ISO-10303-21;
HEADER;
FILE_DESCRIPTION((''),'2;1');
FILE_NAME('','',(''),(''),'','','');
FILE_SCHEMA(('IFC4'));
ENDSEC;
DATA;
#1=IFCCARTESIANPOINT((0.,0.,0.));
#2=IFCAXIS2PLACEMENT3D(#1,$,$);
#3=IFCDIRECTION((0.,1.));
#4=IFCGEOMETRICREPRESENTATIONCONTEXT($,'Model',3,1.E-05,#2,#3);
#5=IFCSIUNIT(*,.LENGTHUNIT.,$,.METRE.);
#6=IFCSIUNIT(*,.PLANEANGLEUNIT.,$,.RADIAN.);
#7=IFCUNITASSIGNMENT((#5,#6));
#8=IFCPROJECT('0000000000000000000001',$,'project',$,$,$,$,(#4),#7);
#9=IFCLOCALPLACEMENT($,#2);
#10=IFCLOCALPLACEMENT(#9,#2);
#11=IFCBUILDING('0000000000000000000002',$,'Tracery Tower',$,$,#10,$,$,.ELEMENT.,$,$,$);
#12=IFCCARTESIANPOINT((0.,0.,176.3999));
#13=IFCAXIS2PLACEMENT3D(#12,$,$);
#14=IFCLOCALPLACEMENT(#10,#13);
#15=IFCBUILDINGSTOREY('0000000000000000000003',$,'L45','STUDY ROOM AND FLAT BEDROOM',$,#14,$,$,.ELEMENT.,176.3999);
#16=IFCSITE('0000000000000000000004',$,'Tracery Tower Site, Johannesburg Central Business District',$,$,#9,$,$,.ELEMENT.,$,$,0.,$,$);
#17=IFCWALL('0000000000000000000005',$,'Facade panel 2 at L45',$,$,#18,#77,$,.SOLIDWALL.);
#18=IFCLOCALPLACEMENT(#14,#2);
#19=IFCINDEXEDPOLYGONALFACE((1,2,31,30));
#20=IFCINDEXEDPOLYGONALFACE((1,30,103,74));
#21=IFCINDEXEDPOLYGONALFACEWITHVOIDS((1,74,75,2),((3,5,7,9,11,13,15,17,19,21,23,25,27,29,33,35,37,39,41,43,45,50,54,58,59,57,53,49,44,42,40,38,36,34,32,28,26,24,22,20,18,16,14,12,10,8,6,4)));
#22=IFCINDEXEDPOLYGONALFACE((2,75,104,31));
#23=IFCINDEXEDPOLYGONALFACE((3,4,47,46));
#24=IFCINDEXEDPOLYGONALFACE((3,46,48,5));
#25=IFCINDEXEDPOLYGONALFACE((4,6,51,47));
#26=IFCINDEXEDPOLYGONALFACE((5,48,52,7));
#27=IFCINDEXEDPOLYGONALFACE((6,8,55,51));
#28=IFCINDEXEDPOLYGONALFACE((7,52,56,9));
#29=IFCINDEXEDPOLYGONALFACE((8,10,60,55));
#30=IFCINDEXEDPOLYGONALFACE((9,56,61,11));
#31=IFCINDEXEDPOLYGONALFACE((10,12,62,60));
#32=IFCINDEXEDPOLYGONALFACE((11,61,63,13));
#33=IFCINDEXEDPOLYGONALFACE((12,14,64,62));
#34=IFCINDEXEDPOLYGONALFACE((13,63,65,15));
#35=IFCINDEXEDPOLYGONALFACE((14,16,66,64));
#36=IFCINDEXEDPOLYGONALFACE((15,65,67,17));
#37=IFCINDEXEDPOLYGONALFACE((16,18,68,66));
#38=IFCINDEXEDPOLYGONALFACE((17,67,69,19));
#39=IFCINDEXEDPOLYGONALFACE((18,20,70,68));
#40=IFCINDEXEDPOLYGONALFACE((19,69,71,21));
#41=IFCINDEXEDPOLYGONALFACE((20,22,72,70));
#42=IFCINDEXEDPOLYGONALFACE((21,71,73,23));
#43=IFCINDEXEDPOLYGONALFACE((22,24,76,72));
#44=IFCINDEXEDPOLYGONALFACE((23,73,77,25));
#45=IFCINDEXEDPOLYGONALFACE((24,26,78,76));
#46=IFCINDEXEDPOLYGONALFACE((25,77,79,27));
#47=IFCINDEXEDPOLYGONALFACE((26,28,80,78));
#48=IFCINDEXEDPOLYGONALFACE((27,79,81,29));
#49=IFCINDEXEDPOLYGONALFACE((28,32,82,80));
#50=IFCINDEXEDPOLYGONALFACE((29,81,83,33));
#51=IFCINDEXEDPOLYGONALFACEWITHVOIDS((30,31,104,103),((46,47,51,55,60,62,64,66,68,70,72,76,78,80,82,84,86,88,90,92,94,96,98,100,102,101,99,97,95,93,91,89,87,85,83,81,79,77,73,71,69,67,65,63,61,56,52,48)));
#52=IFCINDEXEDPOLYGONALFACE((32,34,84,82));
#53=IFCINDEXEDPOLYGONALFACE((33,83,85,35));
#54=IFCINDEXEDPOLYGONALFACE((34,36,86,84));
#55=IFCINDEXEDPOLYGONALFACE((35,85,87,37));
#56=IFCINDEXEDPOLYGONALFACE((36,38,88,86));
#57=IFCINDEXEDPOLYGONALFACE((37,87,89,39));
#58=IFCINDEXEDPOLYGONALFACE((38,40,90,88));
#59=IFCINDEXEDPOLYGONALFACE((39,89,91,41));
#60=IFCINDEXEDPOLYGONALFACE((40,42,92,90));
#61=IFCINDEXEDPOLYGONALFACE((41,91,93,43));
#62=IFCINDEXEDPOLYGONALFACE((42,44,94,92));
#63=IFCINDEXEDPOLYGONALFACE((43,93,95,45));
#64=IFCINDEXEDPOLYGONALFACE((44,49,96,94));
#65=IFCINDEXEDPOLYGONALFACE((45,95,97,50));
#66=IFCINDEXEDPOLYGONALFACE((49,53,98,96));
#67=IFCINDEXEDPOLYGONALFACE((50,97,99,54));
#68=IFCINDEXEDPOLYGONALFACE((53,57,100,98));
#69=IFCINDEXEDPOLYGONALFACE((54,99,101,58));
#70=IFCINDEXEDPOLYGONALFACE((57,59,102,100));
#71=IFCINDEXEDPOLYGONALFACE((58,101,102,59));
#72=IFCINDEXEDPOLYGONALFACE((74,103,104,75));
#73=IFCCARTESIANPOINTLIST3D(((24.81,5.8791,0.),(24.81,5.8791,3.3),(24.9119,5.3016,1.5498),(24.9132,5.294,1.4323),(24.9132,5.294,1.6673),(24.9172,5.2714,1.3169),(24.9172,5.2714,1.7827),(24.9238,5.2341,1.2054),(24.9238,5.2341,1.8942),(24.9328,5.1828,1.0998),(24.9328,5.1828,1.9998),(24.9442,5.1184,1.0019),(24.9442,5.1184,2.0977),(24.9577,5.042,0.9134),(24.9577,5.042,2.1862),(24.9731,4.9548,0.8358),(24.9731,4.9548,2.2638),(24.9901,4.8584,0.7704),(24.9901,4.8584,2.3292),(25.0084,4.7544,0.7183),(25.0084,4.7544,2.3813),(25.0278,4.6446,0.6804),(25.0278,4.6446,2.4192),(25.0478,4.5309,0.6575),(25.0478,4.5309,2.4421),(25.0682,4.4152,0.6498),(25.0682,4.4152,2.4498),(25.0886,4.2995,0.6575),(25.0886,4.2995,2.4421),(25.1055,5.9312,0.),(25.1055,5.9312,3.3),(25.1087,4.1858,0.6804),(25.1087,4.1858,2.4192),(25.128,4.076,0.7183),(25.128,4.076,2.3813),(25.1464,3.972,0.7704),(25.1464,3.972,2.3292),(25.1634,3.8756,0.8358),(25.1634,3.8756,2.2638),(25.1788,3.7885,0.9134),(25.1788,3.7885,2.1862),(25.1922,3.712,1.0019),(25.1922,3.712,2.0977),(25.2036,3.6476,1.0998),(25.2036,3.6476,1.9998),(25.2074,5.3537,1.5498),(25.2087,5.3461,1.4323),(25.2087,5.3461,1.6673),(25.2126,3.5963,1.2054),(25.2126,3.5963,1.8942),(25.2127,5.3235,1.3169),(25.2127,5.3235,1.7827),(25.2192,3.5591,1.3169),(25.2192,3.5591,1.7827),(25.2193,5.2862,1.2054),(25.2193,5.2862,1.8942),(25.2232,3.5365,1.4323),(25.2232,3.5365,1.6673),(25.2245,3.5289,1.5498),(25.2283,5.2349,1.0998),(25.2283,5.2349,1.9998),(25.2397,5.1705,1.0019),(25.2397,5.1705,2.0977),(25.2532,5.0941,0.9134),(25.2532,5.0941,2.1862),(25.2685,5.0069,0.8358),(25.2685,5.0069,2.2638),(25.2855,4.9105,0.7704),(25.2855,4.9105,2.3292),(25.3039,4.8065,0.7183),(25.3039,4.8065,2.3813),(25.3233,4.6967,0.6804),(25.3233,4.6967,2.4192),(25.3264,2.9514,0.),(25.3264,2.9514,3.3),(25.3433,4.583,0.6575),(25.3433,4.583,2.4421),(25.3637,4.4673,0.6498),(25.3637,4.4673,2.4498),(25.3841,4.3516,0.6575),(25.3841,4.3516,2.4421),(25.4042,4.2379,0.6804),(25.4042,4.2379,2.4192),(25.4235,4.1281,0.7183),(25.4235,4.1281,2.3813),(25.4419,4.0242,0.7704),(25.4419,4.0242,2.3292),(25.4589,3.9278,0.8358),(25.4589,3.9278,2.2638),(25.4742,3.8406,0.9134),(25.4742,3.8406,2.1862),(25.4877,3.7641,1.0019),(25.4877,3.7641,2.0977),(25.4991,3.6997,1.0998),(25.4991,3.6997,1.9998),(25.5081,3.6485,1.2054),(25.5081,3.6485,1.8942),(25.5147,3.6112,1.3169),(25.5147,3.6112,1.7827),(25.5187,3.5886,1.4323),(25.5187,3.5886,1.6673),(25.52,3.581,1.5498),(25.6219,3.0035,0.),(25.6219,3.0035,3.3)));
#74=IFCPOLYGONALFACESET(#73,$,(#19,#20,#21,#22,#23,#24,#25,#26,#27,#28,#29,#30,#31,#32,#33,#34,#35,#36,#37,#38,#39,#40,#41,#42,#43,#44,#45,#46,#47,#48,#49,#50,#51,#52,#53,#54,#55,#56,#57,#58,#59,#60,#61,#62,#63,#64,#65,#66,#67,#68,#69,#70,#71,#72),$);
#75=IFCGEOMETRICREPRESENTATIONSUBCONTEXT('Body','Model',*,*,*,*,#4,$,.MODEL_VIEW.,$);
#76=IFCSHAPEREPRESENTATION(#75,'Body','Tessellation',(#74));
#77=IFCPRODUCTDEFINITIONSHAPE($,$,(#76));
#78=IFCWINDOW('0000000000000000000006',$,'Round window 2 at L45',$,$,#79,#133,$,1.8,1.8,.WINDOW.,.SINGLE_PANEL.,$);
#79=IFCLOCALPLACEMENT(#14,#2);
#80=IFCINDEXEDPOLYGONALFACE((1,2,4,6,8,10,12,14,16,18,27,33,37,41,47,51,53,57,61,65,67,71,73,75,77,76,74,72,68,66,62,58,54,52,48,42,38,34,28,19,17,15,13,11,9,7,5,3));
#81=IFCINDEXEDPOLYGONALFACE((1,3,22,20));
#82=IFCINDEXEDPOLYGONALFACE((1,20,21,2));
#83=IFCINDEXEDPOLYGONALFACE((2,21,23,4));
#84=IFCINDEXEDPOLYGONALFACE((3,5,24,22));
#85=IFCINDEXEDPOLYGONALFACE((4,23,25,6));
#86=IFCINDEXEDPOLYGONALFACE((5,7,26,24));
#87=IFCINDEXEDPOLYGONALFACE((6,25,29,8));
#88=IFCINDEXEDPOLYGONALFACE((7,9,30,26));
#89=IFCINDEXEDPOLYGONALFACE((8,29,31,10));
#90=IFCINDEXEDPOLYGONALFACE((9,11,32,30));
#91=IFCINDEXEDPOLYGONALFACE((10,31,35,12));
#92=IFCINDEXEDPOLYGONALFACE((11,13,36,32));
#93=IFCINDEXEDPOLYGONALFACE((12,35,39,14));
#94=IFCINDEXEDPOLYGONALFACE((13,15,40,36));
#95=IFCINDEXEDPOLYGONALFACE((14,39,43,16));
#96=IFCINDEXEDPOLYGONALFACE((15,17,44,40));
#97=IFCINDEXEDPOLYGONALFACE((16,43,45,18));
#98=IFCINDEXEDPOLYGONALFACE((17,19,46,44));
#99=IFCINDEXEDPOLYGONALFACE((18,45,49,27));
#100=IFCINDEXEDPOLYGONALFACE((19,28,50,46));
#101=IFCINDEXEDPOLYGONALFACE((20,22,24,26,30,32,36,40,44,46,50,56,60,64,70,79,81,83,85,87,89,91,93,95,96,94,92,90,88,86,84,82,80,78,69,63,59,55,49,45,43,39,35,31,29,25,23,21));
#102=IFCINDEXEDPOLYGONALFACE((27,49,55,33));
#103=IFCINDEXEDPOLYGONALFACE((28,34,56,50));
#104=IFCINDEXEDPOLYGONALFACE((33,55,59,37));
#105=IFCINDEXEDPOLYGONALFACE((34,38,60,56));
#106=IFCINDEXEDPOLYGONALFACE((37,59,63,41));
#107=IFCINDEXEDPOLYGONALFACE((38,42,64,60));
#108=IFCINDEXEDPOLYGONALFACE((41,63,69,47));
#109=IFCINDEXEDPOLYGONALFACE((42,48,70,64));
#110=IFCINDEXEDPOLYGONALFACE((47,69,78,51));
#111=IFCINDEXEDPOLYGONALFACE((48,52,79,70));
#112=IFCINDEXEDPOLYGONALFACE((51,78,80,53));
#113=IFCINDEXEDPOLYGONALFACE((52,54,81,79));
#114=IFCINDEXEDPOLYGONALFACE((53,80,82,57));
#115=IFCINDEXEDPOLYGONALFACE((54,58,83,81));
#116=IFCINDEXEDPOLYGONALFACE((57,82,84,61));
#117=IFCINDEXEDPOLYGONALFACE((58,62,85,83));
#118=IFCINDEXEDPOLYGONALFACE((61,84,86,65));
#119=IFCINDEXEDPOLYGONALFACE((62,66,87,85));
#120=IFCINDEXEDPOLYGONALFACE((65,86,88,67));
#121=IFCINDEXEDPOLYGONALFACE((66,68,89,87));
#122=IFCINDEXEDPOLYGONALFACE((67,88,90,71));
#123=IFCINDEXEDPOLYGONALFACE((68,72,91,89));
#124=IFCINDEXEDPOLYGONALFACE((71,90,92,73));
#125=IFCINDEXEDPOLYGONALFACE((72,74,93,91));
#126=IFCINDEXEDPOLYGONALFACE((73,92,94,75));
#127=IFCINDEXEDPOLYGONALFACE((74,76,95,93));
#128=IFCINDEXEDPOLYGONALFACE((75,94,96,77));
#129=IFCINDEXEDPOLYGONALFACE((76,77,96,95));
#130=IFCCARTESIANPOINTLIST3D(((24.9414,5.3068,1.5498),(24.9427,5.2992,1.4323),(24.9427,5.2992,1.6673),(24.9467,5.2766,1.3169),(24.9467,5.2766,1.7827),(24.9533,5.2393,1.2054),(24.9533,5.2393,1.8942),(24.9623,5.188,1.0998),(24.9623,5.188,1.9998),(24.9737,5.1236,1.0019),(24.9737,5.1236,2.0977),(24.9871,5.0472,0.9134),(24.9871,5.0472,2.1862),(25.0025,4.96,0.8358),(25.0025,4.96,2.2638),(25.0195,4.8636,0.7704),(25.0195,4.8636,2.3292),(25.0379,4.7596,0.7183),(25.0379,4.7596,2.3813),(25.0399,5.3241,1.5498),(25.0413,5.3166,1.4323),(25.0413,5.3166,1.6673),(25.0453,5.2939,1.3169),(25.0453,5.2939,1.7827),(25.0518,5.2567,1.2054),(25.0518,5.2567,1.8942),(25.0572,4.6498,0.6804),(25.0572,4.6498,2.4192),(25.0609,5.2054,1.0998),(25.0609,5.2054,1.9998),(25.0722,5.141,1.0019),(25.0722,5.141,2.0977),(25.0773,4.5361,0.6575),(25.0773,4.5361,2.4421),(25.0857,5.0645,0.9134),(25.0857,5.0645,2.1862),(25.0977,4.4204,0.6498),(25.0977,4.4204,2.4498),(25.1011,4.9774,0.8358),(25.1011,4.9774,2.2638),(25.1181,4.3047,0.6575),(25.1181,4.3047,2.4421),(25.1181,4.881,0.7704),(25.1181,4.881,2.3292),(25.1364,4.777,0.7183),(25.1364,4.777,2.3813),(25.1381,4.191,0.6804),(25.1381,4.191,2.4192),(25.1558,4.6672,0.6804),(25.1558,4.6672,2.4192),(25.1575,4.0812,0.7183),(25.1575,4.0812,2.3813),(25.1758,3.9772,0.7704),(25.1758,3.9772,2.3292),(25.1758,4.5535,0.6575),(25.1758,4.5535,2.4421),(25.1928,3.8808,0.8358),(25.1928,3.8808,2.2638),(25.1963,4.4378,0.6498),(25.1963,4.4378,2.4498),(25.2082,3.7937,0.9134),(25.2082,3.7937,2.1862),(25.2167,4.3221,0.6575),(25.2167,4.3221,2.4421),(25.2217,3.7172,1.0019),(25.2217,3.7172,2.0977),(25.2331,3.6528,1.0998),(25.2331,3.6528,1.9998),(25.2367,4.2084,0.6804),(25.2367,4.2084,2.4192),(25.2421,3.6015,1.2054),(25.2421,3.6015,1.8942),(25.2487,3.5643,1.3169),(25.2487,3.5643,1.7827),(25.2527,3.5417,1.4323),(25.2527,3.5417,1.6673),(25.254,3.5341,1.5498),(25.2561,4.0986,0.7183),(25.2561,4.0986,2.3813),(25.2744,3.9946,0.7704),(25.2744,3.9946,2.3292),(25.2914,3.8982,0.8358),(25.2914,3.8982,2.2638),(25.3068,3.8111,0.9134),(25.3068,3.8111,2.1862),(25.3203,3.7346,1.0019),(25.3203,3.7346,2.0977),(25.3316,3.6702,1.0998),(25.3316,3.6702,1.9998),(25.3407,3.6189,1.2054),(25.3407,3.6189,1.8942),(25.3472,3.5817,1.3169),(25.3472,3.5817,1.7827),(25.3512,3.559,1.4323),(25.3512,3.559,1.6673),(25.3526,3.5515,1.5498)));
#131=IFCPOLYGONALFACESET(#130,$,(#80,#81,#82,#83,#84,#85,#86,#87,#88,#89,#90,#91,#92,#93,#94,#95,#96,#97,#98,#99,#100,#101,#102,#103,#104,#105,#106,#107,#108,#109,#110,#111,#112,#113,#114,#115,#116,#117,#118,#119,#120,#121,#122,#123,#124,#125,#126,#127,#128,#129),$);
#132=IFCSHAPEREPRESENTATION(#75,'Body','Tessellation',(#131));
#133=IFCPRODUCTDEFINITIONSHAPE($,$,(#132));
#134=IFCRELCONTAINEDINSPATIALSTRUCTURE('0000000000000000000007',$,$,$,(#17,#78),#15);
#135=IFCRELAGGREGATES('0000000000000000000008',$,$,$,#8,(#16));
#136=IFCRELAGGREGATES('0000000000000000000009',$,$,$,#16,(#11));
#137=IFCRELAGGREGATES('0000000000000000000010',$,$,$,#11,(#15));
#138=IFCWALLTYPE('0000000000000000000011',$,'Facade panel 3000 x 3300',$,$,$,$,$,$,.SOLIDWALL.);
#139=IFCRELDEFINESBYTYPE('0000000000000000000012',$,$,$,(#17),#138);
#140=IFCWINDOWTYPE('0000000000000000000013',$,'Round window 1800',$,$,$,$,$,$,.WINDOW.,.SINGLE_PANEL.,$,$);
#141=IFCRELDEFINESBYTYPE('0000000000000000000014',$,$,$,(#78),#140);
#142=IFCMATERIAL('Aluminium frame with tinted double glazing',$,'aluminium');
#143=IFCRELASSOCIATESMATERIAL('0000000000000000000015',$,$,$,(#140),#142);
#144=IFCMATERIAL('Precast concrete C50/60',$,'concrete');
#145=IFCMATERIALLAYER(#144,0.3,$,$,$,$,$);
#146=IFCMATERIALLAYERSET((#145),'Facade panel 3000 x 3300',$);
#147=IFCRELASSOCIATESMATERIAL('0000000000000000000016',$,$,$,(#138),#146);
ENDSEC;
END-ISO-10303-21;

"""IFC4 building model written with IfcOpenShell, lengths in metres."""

from ifc_helpers import new_model, si_unit, direction, frame, frame_2d, origin, origin_2d, place, context, subcontext, project, spatial, rectangle, circle, extrude, material, layer, layer_set, type_object, element, fill, save


model = new_model("IFC4")

# Units and contexts
model_context = context("Model", 3, precision=1e-05, world=origin(), true_north=direction((0.0, 1.0)))
body_context = subcontext(model_context, "Body", "Model", "MODEL_VIEW")
ifc_project = project(units=[si_unit("LENGTHUNIT", "METRE"), si_unit("PLANEANGLEUNIT", "RADIAN")], contexts=[model_context])

# Site, building, storey
site_placement = place(None, origin())
site = spatial("IfcSite", under=ifc_project, at=site_placement, Name="Tracery Tower Site, Johannesburg Central Business District", CompositionType="ELEMENT", RefElevation=0.0)
building_placement = place(site_placement, origin())
building = spatial("IfcBuilding", under=site, at=building_placement, Name="Tracery Tower", CompositionType="ELEMENT")
storey_placement = place(building_placement, frame((0.0, 0.0, 176.3999)))
storey = spatial("IfcBuildingStorey", under=building, at=storey_placement, Name="L45", Description="STUDY ROOM AND FLAT BEDROOM", CompositionType="ELEMENT", Elevation=176.3999)

# Wall, opening, window
ifc_material_1 = material(Name="Aluminium frame with tinted double glazing", Category="aluminium")
window_type = type_object("IfcWindowType", Name="Round window 1800", PartitioningType="SINGLE_PANEL", PredefinedType="WINDOW", material=ifc_material_1)
ifc_material_2 = material(Name="Precast concrete C50/60", Category="concrete")
ifc_layer_1 = layer(ifc_material_2, 0.3)
ifc_layer_set_1 = layer_set([ifc_layer_1], Name="Facade panel 3000 x 3300")
wall_type_1 = type_object("IfcWallType", Name="Facade panel 3000 x 3300", PredefinedType="SOLIDWALL", material=ifc_layer_set_1)
wall_1_placement = place(storey_placement, frame((25.4741, 2.9775, 0.0), z_axis=(0.0, 0.0, 1.0), x_axis=(-0.173687, 0.984801, 0.0)))
wall_1 = element("IfcWall", 1, at=wall_1_placement, inside=storey, type_object=wall_type_1, Name="Facade panel 2 at L45", PredefinedType="SOLIDWALL", context=body_context, shape_type="SweptSolid", body=[
    extrude(rectangle(XDim=2.9729, YDim=0.3, at=frame_2d((1.4863, 0.0))), origin(), (0.0, 0.0, 1.0), 3.3),
])
opening_1_placement = place(wall_1_placement, frame((1.4863, 0.0, 1.5498)))
opening_1 = element("IfcOpeningElement", 2, at=opening_1_placement, cuts=wall_1, PredefinedType="OPENING", context=body_context, shape_type="SweptSolid", body=[
    extrude(circle(Radius=0.9, at=origin_2d()), frame((0.0, 0.1599, 0.0), z_axis=(0.0, -1.0, 0.0), x_axis=(1.0, 0.0, 0.0)), (0.0, 0.0, 1.0), 0.3201),
])
window_1_placement = place(opening_1_placement, origin())
window_1 = element("IfcWindow", 3, at=window_1_placement, inside=storey, type_object=window_type, Name="Round window 2 at L45", OverallHeight=1.8, OverallWidth=1.8, PartitioningType="SINGLE_PANEL", PredefinedType="WINDOW", context=body_context, shape_type="SweptSolid", body=[
    extrude(circle(Radius=0.9, at=origin_2d()), frame((0.0, 0.1201, 0.0), z_axis=(0.0, -1.0, 0.0), x_axis=(1.0, 0.0, 0.0)), (0.0, 0.0, 1.0), 0.1001),
])
fill(opening_1, window_1)

save(model, "model.ifc")
